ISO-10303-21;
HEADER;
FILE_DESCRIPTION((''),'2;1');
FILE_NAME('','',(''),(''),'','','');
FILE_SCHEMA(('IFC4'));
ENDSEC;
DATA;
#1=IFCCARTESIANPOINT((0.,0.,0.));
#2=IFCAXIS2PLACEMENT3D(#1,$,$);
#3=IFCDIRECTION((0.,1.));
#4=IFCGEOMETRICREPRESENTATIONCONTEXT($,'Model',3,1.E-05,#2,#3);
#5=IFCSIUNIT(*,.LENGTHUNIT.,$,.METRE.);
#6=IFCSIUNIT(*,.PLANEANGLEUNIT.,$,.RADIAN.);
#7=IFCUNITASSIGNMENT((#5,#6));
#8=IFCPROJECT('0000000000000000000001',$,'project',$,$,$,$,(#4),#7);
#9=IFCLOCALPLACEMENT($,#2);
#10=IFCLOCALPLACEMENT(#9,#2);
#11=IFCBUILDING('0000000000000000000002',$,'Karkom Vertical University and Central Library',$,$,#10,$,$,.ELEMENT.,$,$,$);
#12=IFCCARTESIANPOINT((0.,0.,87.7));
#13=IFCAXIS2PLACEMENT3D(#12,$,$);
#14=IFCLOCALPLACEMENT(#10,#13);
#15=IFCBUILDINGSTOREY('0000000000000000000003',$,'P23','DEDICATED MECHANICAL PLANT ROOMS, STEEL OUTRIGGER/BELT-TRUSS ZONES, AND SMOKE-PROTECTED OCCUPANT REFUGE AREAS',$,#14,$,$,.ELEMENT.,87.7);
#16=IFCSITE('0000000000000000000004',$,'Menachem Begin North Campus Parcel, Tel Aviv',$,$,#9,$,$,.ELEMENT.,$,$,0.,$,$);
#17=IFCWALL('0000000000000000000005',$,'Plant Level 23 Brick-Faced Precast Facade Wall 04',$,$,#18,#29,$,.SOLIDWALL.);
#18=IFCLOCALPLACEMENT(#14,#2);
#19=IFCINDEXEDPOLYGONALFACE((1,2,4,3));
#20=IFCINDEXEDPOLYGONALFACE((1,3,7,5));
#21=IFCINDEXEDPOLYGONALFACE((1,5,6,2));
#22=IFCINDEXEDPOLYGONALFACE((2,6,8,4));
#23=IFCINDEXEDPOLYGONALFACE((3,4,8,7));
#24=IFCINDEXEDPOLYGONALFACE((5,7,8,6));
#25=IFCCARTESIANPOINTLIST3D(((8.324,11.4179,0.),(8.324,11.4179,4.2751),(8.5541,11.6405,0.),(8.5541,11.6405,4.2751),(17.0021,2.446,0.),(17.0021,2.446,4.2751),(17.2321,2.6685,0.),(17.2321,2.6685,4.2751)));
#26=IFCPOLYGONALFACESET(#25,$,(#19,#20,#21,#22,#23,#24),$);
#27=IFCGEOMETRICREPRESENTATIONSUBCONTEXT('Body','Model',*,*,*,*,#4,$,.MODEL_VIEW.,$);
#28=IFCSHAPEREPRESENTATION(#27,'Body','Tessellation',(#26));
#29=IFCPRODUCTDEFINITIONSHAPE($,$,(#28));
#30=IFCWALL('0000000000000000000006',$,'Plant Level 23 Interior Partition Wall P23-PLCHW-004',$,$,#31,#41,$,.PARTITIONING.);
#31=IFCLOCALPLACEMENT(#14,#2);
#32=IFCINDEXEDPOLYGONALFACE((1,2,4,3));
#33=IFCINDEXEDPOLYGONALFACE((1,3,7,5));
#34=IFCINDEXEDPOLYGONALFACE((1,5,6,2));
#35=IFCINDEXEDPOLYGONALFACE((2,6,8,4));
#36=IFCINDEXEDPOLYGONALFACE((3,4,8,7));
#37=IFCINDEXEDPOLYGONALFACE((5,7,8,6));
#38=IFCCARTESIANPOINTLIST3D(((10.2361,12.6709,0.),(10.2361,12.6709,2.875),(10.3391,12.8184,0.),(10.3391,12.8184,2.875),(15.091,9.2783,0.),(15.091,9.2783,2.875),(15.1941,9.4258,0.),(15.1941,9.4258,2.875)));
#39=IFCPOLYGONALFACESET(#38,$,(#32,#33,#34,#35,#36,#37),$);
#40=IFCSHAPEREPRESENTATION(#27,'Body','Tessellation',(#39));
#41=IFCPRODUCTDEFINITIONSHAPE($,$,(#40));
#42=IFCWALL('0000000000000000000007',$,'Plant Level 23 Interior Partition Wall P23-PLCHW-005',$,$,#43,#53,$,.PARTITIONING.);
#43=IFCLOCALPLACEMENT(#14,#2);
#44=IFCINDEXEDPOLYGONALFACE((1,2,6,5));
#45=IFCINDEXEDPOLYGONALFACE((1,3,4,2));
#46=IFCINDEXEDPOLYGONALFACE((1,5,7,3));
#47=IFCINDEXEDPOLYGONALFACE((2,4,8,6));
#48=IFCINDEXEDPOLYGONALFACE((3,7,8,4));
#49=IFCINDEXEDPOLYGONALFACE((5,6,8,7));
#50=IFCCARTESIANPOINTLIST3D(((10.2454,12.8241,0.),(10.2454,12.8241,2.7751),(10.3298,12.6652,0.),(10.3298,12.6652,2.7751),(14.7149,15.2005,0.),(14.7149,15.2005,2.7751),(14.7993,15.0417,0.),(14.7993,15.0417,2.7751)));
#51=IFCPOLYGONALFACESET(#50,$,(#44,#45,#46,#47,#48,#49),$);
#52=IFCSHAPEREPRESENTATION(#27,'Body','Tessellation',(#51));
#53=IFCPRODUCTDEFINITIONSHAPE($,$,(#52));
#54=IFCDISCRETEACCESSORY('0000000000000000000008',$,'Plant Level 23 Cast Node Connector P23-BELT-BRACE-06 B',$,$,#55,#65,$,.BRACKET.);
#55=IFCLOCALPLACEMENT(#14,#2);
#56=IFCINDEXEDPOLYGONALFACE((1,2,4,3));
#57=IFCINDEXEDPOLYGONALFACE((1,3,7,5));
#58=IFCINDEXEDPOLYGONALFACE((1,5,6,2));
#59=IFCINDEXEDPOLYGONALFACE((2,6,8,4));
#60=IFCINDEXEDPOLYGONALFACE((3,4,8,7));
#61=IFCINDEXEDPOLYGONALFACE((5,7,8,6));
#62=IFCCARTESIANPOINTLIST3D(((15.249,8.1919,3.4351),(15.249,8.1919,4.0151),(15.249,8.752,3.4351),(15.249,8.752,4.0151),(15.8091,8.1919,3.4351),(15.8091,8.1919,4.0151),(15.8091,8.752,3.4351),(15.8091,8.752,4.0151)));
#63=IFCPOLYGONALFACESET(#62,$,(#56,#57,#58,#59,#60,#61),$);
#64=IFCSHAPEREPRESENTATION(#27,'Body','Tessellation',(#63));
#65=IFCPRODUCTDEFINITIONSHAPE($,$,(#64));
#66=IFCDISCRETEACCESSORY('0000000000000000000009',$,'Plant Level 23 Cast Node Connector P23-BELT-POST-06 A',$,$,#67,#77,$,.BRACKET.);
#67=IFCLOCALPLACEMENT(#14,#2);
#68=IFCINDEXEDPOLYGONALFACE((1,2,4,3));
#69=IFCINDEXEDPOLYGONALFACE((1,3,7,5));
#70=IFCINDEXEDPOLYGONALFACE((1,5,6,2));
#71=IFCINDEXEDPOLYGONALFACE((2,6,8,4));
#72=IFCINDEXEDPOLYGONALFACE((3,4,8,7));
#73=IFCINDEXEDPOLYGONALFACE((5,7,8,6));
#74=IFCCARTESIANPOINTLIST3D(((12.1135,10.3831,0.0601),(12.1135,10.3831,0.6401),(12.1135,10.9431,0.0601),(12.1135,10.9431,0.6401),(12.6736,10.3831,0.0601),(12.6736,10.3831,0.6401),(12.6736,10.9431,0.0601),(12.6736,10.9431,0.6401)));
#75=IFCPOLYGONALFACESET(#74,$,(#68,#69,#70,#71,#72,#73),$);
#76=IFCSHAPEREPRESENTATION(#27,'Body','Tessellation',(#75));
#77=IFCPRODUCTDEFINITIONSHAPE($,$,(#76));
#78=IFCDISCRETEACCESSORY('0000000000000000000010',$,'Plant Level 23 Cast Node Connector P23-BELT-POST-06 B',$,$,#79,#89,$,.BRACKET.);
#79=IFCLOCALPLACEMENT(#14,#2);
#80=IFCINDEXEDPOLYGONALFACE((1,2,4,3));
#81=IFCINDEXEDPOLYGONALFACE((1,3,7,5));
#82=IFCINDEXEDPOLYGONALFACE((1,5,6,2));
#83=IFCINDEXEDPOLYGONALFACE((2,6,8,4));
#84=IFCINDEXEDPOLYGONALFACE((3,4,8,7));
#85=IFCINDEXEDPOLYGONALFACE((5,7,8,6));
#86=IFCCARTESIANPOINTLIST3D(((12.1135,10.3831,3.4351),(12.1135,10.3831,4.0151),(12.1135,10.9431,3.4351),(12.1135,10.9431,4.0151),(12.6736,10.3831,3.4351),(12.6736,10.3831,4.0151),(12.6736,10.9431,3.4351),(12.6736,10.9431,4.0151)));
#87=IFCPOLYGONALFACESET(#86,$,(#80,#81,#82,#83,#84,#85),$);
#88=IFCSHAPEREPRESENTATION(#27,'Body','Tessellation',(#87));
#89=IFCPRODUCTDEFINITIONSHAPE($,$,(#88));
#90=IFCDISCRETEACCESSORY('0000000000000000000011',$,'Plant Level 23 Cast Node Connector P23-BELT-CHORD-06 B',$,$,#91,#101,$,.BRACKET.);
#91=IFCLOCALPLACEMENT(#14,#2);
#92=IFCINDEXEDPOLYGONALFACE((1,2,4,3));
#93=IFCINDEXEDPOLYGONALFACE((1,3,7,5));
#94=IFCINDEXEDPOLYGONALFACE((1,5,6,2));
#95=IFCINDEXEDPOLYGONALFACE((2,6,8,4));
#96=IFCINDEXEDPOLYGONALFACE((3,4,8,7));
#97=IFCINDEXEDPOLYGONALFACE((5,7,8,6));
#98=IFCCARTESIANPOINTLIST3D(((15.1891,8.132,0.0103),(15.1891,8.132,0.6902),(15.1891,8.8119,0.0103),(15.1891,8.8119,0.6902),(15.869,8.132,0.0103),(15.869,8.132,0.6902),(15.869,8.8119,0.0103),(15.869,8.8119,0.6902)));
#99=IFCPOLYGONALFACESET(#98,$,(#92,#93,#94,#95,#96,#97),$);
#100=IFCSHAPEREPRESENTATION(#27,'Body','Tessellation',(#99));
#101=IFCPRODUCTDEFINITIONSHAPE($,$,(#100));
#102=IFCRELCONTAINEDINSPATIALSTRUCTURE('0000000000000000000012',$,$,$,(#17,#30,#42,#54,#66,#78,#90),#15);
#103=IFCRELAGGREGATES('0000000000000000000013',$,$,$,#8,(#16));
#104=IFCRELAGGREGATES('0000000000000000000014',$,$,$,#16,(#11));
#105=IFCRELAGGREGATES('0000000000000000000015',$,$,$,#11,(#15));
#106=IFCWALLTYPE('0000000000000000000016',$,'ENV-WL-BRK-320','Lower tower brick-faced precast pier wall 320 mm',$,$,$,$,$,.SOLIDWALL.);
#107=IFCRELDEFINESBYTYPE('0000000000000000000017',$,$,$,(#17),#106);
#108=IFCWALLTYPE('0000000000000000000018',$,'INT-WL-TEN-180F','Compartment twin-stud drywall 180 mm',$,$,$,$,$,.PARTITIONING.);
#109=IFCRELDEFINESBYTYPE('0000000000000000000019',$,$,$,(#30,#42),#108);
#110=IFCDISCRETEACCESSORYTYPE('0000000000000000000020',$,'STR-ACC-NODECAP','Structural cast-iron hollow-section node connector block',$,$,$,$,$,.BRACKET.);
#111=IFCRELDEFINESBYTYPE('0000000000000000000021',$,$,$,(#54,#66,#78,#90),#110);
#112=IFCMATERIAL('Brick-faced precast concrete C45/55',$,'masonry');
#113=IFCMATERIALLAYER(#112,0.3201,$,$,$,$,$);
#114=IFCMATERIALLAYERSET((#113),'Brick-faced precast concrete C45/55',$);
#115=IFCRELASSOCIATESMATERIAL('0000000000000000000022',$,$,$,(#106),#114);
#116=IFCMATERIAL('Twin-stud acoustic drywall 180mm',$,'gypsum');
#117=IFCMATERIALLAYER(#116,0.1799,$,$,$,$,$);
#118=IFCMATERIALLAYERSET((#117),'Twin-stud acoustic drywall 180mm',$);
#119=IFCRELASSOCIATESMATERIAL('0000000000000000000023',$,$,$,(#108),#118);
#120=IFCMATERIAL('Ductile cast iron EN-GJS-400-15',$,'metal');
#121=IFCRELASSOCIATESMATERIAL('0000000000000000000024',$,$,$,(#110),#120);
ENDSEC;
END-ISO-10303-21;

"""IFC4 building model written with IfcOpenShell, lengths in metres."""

from ifc_helpers import new_model, si_unit, direction, frame, frame_2d, origin, origin_with_axes, origin_2d, place, context, subcontext, project, spatial, rectangle, extrude, source, transform, mapped, material, layer, layer_set, type_object, element, save


model = new_model("IFC4")

# Units and contexts
model_context = context("Model", 3, precision=1e-05, world=origin(), true_north=direction((0.0, 1.0)))
body_context = subcontext(model_context, "Body", "Model", "MODEL_VIEW")
ifc_project = project(units=[si_unit("LENGTHUNIT", "METRE"), si_unit("PLANEANGLEUNIT", "RADIAN")], contexts=[model_context])

# Site, building, storey
site_placement = place(None, origin())
site = spatial("IfcSite", under=ifc_project, at=site_placement, Name="Menachem Begin North Campus Parcel, Tel Aviv", CompositionType="ELEMENT", RefElevation=0.0)
building_placement = place(site_placement, origin())
building = spatial("IfcBuilding", under=site, at=building_placement, Name="Karkom Vertical University and Central Library", CompositionType="ELEMENT")
storey_placement = place(building_placement, frame((0.0, 0.0, 87.7)))
storey = spatial("IfcBuildingStorey", under=building, at=storey_placement, Name="P23", Description="DEDICATED MECHANICAL PLANT ROOMS, STEEL OUTRIGGER/BELT-TRUSS ZONES, AND SMOKE-PROTECTED OCCUPANT REFUGE AREAS", CompositionType="ELEMENT", Elevation=87.7)

# Walls
ifc_material_1 = material(Name="Brick-faced precast concrete C45/55", Category="masonry")
ifc_layer_1 = layer(ifc_material_1, 0.3201)
ifc_layer_set_1 = layer_set([ifc_layer_1], Name="Brick-faced precast concrete C45/55")
wall_type_1 = type_object("IfcWallType", Name="ENV-WL-BRK-320", Description="Lower tower brick-faced precast pier wall 320 mm", PredefinedType="SOLIDWALL", material=ifc_layer_set_1)
wall_1_placement = place(storey_placement, frame((8.439, 11.5293, 0.0), z_axis=(0.0, 0.0, 1.0), x_axis=(0.695234, -0.718783, 0.0)))
element("IfcWall", 1, at=wall_1_placement, inside=storey, type_object=wall_type_1, Name="Plant Level 23 Brick-Faced Precast Facade Wall 04", PredefinedType="SOLIDWALL", context=body_context, shape_type="SweptSolid", body=[
    extrude(rectangle(XDim=12.4822, YDim=0.3201, at=frame_2d((6.2412, 0.0))), origin(), (0.0, 0.0, 1.0), 4.2751),
])
ifc_material_2 = material(Name="Twin-stud acoustic drywall 180mm", Category="gypsum")
ifc_layer_2 = layer(ifc_material_2, 0.1799)
ifc_layer_set_2 = layer_set([ifc_layer_2], Name="Twin-stud acoustic drywall 180mm")
wall_type_2 = type_object("IfcWallType", Name="INT-WL-TEN-180F", Description="Compartment twin-stud drywall 180 mm", PredefinedType="PARTITIONING", material=ifc_layer_set_2)
wall_2_placement = place(storey_placement, frame((15.1426, 9.3521, 0.0), z_axis=(0.0, 0.0, 1.0), x_axis=(-0.8197, 0.572793, 0.0)))
element("IfcWall", 2, at=wall_2_placement, inside=storey, type_object=wall_type_2, Name="Plant Level 23 Interior Partition Wall P23-PLCHW-004", PredefinedType="PARTITIONING", context=body_context, shape_type="SweptSolid", body=[
    extrude(rectangle(XDim=5.9229, YDim=0.1799, at=frame_2d((2.9614, 0.0))), origin(), (0.0, 0.0, 1.0), 2.875),
])
wall_3_placement = place(storey_placement, frame((10.2876, 12.7446, 0.0), z_axis=(0.0, 0.0, 1.0), x_axis=(0.882948, 0.469471, 0.0)))
element("IfcWall", 3, at=wall_3_placement, inside=storey, type_object=wall_type_2, Name="Plant Level 23 Interior Partition Wall P23-PLCHW-005", PredefinedType="PARTITIONING", context=body_context, shape_type="SweptSolid", body=[
    extrude(rectangle(XDim=5.062, YDim=0.1799, at=frame_2d((2.531, 0.0))), origin(), (0.0, 0.0, 1.0), 2.7751),
])

# Discrete accessories
ifc_material_3 = material(Name="Ductile cast iron EN-GJS-400-15", Category="metal")
discrete_accessory_type = type_object("IfcDiscreteAccessoryType", Name="STR-ACC-NODECAP", Description="Structural cast-iron hollow-section node connector block", PredefinedType="BRACKET", material=ifc_material_3)
shared_shape_1 = source(origin_with_axes(), body_context, "Body", "SweptSolid", [
    extrude(rectangle(XDim=0.5601, YDim=0.5601, at=origin_2d()), origin(), (0.0, 0.0, 1.0), 0.5801),
])
for number, where, z_axis, x_axis, name in (
    (4, (15.5291, 8.4719, 3.4351), (0.0, 0.0, 1.0), (1.0, 0.0, 0.0), "Plant Level 23 Cast Node Connector P23-BELT-BRACE-06 B"),
    (5, (12.3936, 10.6631, 0.0601), (0.0, 0.0, 1.0), (1.0, 0.0, 0.0), "Plant Level 23 Cast Node Connector P23-BELT-POST-06 A"),
    (6, (12.3936, 10.6631, 3.4351), (0.0, 0.0, 1.0), (1.0, 0.0, 0.0), "Plant Level 23 Cast Node Connector P23-BELT-POST-06 B"),
):
    element("IfcDiscreteAccessory", number, at=place(storey_placement, frame(where, z_axis=z_axis, x_axis=x_axis)), inside=storey, type_object=discrete_accessory_type, Name=name, PredefinedType="BRACKET", context=body_context, shape_type="MappedRepresentation", body=[
        mapped(shared_shape_1, transform((0.0, 0.0, 0.0), scale=1.0)),
    ])
shared_shape_2 = source(origin_with_axes(), body_context, "Body", "SweptSolid", [
    extrude(rectangle(XDim=0.6799, YDim=0.6799, at=origin_2d()), origin(), (0.0, 0.0, 1.0), 0.6799),
])
discrete_accessory_placement = place(storey_placement, frame((15.5291, 8.4719, 0.0103), z_axis=(0.0, 0.0, 1.0), x_axis=(1.0, 0.0, 0.0)))
element("IfcDiscreteAccessory", 7, at=discrete_accessory_placement, inside=storey, type_object=discrete_accessory_type, Name="Plant Level 23 Cast Node Connector P23-BELT-CHORD-06 B", PredefinedType="BRACKET", context=body_context, shape_type="MappedRepresentation", body=[
    mapped(shared_shape_2, transform((0.0, 0.0, 0.0), scale=1.0)),
])

save(model, "model.ifc")
